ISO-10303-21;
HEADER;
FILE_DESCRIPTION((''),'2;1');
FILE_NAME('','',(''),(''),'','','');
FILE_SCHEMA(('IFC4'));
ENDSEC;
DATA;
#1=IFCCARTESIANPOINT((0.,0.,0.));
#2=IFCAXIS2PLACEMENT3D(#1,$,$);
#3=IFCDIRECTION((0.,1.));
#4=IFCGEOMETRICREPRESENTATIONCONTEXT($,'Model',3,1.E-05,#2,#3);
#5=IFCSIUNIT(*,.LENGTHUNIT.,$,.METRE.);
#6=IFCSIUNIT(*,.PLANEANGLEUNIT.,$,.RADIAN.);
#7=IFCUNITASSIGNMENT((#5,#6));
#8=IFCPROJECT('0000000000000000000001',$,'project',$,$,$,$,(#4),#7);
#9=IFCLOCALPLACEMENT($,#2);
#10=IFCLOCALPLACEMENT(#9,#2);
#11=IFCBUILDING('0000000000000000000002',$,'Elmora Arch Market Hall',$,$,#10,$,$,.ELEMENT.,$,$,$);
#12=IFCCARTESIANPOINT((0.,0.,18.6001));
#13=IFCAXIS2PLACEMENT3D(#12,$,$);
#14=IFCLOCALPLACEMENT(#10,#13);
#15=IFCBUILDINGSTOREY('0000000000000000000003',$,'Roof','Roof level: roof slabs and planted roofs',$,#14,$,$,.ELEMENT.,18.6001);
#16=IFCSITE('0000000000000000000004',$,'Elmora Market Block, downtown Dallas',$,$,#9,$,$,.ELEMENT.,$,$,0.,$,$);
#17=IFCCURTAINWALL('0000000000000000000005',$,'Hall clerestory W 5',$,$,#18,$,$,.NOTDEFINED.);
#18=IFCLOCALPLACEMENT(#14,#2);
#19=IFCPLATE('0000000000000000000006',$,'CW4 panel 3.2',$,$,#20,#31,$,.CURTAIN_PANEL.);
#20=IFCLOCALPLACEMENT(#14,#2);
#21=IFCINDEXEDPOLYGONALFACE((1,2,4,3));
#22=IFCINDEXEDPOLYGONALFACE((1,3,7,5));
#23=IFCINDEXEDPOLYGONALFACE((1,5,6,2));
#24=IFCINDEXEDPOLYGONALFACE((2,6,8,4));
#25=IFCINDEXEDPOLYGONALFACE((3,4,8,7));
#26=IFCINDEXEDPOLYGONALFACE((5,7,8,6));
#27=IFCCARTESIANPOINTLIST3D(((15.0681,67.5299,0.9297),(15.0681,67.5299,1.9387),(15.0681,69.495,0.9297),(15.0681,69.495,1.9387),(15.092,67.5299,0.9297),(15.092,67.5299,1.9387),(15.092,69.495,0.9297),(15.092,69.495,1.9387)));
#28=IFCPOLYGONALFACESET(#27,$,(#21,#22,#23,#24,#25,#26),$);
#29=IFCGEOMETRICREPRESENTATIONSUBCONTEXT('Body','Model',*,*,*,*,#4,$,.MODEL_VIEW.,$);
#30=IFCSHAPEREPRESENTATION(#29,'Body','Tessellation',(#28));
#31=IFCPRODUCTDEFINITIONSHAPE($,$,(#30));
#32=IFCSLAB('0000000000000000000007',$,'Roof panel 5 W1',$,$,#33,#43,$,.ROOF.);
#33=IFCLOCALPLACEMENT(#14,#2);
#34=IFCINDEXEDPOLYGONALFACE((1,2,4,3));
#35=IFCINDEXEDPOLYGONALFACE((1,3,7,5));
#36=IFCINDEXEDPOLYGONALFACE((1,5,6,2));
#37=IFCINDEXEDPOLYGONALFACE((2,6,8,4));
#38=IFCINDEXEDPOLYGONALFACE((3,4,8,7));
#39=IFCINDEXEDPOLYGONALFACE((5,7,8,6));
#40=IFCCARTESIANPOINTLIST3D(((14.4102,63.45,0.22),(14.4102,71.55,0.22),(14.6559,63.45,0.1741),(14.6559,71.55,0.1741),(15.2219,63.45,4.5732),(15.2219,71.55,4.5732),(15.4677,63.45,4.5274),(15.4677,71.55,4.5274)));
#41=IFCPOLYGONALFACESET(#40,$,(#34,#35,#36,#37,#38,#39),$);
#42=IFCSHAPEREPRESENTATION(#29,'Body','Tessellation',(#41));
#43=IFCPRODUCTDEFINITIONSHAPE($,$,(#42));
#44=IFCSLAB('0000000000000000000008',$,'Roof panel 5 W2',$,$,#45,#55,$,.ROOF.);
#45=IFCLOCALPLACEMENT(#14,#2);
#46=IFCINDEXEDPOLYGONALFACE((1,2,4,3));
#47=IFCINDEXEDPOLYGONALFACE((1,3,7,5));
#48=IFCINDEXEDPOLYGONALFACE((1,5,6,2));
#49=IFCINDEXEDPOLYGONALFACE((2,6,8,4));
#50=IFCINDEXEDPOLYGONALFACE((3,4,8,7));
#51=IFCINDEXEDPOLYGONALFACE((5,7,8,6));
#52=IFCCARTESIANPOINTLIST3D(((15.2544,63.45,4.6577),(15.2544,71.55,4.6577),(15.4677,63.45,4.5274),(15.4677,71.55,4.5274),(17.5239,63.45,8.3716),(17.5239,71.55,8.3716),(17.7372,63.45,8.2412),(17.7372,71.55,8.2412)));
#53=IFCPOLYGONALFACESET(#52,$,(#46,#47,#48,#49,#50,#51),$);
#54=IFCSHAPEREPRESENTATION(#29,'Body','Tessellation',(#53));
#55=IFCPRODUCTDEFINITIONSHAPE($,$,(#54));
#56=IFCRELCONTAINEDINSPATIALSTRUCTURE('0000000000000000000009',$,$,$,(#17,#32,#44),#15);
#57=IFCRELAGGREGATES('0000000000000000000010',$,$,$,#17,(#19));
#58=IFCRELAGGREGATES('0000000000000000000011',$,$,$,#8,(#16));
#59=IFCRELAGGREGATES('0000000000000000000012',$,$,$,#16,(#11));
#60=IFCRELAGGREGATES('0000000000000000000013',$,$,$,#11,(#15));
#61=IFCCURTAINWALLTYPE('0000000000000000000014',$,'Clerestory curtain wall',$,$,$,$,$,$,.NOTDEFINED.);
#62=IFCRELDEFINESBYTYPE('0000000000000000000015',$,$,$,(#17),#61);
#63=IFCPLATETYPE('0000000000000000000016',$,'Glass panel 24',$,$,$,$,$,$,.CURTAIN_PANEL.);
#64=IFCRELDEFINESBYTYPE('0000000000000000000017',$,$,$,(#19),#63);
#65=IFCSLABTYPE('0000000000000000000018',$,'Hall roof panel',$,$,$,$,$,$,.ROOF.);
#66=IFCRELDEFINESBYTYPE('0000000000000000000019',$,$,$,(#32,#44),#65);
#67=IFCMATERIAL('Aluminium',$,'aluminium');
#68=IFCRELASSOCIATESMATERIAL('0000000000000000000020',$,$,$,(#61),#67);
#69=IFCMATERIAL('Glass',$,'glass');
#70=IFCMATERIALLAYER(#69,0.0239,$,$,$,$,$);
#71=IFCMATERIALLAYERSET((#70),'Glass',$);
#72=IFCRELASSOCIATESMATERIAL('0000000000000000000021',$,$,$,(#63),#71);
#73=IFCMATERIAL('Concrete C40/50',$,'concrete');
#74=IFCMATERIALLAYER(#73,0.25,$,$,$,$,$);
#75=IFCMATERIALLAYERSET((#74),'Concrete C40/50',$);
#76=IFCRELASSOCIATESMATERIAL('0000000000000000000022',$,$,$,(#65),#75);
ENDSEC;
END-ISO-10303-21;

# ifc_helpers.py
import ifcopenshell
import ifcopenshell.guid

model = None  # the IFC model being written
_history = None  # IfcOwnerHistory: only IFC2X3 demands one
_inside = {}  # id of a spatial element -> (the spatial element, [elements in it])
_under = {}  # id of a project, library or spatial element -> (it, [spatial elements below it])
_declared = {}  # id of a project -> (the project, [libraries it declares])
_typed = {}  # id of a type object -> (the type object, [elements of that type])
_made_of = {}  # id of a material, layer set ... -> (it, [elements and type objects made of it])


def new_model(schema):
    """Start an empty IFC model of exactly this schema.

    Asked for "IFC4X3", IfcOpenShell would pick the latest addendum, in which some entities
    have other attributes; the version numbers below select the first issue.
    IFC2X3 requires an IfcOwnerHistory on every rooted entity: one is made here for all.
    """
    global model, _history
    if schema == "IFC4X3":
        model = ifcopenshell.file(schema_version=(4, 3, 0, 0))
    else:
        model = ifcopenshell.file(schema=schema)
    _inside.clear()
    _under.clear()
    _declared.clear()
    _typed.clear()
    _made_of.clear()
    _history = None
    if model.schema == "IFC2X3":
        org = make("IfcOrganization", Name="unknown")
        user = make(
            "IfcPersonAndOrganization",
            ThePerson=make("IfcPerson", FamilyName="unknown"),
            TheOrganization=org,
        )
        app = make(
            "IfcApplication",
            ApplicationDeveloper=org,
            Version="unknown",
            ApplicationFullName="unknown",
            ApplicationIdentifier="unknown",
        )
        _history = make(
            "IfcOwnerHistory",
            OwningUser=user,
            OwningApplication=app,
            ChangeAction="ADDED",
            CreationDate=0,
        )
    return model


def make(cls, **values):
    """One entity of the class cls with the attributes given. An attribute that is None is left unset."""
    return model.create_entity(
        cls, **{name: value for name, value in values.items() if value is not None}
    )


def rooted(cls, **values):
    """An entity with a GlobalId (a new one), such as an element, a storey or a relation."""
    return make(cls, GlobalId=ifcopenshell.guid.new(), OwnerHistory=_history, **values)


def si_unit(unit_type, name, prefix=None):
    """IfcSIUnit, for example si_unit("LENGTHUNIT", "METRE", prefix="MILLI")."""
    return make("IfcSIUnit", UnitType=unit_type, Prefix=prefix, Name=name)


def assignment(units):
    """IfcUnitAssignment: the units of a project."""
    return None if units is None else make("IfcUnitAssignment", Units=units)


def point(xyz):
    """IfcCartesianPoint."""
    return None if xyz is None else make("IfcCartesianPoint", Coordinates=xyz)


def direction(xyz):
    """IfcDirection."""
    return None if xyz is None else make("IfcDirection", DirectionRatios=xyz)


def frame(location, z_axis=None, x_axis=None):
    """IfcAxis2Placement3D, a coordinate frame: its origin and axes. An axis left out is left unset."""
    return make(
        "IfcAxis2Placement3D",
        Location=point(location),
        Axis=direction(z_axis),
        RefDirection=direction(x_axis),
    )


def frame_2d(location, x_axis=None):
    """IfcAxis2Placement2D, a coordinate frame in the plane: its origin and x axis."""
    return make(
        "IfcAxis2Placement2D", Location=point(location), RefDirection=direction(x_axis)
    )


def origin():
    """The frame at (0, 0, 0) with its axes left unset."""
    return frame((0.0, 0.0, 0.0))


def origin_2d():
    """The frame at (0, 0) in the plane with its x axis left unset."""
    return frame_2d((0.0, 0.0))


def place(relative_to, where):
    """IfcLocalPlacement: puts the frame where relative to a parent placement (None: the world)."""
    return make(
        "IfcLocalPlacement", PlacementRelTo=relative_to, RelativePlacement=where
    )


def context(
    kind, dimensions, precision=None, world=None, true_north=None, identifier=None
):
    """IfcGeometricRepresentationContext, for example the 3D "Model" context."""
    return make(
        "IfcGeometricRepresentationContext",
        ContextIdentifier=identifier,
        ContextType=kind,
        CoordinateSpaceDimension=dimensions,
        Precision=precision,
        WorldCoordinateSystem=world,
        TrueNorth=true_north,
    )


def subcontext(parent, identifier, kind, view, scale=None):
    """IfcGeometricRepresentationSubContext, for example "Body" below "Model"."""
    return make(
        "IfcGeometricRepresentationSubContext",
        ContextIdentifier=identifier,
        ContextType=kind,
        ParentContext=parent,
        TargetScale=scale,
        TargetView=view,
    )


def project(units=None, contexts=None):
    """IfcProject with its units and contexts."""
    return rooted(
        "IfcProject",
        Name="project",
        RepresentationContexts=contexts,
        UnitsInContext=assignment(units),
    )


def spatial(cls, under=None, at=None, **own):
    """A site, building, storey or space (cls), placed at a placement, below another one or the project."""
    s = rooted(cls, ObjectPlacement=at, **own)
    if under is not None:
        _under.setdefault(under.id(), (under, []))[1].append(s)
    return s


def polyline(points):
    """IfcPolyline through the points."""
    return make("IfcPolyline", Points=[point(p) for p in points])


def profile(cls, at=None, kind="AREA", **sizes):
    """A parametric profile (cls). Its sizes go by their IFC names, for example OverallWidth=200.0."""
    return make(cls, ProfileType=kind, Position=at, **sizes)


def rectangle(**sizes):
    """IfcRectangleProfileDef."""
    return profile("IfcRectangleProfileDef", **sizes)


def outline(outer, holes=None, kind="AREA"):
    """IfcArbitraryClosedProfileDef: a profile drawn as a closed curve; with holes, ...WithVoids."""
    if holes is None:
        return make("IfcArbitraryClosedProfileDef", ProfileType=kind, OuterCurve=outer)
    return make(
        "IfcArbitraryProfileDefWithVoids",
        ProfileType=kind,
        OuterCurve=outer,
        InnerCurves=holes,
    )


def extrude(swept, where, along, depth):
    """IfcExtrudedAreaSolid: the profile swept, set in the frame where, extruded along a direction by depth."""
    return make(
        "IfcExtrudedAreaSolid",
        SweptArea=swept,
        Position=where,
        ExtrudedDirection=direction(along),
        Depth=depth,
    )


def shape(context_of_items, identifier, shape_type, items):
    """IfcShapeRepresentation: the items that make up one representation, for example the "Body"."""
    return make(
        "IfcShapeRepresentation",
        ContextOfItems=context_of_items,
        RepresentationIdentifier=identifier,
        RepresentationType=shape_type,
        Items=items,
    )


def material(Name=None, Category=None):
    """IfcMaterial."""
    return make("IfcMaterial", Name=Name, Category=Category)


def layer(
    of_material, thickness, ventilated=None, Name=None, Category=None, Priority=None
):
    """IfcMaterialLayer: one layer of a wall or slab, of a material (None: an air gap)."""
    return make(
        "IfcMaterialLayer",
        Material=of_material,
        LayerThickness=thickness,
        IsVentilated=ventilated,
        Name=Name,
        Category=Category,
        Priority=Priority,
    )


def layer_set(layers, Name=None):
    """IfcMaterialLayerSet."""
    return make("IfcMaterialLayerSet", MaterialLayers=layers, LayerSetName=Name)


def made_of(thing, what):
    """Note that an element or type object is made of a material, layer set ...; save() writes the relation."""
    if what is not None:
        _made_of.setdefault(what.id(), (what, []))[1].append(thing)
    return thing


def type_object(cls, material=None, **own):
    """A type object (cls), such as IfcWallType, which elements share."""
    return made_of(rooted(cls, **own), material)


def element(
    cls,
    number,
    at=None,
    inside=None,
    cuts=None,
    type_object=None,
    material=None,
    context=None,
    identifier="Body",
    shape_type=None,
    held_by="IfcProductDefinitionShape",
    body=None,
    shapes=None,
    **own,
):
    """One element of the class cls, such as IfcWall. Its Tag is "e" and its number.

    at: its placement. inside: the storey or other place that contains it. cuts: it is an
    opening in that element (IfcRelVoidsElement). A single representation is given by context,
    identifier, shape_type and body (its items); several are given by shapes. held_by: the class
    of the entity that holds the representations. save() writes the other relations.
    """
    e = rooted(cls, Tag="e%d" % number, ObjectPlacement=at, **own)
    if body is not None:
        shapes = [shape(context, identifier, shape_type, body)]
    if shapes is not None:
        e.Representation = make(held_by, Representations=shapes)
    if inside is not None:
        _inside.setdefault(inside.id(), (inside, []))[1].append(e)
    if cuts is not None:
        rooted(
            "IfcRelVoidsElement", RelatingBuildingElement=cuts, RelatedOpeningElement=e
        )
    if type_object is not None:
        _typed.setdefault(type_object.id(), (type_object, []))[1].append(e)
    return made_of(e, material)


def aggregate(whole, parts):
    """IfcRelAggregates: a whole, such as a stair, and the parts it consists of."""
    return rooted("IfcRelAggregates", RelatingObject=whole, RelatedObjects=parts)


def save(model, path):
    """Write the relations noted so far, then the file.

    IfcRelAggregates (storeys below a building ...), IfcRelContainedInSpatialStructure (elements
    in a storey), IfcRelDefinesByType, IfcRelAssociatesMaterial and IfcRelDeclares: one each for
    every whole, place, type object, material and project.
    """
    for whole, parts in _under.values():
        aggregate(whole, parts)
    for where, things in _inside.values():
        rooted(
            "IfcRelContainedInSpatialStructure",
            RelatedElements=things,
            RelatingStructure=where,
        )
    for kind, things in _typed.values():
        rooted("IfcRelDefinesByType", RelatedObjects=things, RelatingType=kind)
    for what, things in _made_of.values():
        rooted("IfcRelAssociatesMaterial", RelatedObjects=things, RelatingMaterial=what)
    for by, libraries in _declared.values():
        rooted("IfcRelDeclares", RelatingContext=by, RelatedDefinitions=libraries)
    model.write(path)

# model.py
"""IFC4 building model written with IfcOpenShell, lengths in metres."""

from ifc_helpers import new_model, si_unit, direction, frame, origin, origin_2d, place, context, subcontext, project, spatial, polyline, rectangle, outline, extrude, material, layer, layer_set, type_object, element, aggregate, save


model = new_model("IFC4")

# Units and contexts
model_context = context("Model", 3, precision=1e-05, world=origin(), true_north=direction((0.0, 1.0)))
body_context = subcontext(model_context, "Body", "Model", "MODEL_VIEW")
ifc_project = project(units=[si_unit("LENGTHUNIT", "METRE"), si_unit("PLANEANGLEUNIT", "RADIAN")], contexts=[model_context])

# Site, building, storey
site_placement = place(None, origin())
site = spatial("IfcSite", under=ifc_project, at=site_placement, Name="Elmora Market Block, downtown Dallas", CompositionType="ELEMENT", RefElevation=0.0)
building_placement = place(site_placement, origin())
building = spatial("IfcBuilding", under=site, at=building_placement, Name="Elmora Arch Market Hall", CompositionType="ELEMENT")
storey_placement = place(building_placement, frame((0.0, 0.0, 18.6001)))
storey = spatial("IfcBuildingStorey", under=building, at=storey_placement, Name="Roof", Description="Roof level: roof slabs and planted roofs", CompositionType="ELEMENT", Elevation=18.6001)

# Shared definitions
ifc_material_1 = material(Name="Aluminium", Category="aluminium")
curtain_wall_type = type_object("IfcCurtainWallType", Name="Clerestory curtain wall", PredefinedType="NOTDEFINED", material=ifc_material_1)

# Curtain wall
curtain_wall_1_placement = place(storey_placement, origin())
curtain_wall_1 = element("IfcCurtainWall", 1, at=curtain_wall_1_placement, inside=storey, type_object=curtain_wall_type, Name="Hall clerestory W 5", PredefinedType="NOTDEFINED")

# Plate
ifc_material_2 = material(Name="Glass", Category="glass")
ifc_layer_1 = layer(ifc_material_2, 0.0239)
ifc_layer_set_1 = layer_set([ifc_layer_1], Name="Glass")
plate_type = type_object("IfcPlateType", Name="Glass panel 24", PredefinedType="CURTAIN_PANEL", material=ifc_layer_set_1)
plate_1_placement = place(storey_placement, frame((15.0801, 68.5125, 0.9297), z_axis=(0.0, 0.0, 1.0), x_axis=(0.0, 1.0, 0.0)))
plate_1 = element("IfcPlate", 2, at=plate_1_placement, type_object=plate_type, Name="CW4 panel 3.2", PredefinedType="CURTAIN_PANEL", context=body_context, shape_type="SweptSolid", body=[
    extrude(rectangle(XDim=1.9651, YDim=0.0239, at=origin_2d()), origin(), (0.0, 0.0, 1.0), 1.009),
])
aggregate(curtain_wall_1, [plate_1])

# Slabs
ifc_material_3 = material(Name="Concrete C40/50", Category="concrete")
ifc_layer_2 = layer(ifc_material_3, 0.25)
ifc_layer_set_2 = layer_set([ifc_layer_2], Name="Concrete C40/50")
slab_type = type_object("IfcSlabType", Name="Hall roof panel", PredefinedType="ROOF", material=ifc_layer_set_2)
slab_1_placement = place(storey_placement, frame((14.4102, 63.45, 0.22), z_axis=(-0.983055, 0.0, 0.183313), x_axis=(0.0, 1.0, 0.0)))
element("IfcSlab", 3, at=slab_1_placement, inside=storey, type_object=slab_type, Name="Roof panel 5 W1", PredefinedType="ROOF", context=body_context, shape_type="SweptSolid", body=[
    extrude(outline(polyline([(0.0, 0.0), (8.1001, 0.0), (8.1001, -4.4283), (0.0, -4.4283), (0.0, 0.0)])), origin(), (0.0, 0.0, -1.0), 0.25),
])
slab_2_placement = place(storey_placement, frame((15.2544, 63.45, 4.6577), z_axis=(-0.853287, 0.0, 0.521441), x_axis=(0.0, 1.0, 0.0)))
element("IfcSlab", 4, at=slab_2_placement, inside=storey, type_object=slab_type, Name="Roof panel 5 W2", PredefinedType="ROOF", context=body_context, shape_type="SweptSolid", body=[
    extrude(outline(polyline([(0.0, 0.0), (8.1001, 0.0), (8.1001, -4.3524), (0.0, -4.3524), (0.0, 0.0)])), origin(), (0.0, 0.0, -1.0), 0.25),
])

save(model, "model.ifc")
